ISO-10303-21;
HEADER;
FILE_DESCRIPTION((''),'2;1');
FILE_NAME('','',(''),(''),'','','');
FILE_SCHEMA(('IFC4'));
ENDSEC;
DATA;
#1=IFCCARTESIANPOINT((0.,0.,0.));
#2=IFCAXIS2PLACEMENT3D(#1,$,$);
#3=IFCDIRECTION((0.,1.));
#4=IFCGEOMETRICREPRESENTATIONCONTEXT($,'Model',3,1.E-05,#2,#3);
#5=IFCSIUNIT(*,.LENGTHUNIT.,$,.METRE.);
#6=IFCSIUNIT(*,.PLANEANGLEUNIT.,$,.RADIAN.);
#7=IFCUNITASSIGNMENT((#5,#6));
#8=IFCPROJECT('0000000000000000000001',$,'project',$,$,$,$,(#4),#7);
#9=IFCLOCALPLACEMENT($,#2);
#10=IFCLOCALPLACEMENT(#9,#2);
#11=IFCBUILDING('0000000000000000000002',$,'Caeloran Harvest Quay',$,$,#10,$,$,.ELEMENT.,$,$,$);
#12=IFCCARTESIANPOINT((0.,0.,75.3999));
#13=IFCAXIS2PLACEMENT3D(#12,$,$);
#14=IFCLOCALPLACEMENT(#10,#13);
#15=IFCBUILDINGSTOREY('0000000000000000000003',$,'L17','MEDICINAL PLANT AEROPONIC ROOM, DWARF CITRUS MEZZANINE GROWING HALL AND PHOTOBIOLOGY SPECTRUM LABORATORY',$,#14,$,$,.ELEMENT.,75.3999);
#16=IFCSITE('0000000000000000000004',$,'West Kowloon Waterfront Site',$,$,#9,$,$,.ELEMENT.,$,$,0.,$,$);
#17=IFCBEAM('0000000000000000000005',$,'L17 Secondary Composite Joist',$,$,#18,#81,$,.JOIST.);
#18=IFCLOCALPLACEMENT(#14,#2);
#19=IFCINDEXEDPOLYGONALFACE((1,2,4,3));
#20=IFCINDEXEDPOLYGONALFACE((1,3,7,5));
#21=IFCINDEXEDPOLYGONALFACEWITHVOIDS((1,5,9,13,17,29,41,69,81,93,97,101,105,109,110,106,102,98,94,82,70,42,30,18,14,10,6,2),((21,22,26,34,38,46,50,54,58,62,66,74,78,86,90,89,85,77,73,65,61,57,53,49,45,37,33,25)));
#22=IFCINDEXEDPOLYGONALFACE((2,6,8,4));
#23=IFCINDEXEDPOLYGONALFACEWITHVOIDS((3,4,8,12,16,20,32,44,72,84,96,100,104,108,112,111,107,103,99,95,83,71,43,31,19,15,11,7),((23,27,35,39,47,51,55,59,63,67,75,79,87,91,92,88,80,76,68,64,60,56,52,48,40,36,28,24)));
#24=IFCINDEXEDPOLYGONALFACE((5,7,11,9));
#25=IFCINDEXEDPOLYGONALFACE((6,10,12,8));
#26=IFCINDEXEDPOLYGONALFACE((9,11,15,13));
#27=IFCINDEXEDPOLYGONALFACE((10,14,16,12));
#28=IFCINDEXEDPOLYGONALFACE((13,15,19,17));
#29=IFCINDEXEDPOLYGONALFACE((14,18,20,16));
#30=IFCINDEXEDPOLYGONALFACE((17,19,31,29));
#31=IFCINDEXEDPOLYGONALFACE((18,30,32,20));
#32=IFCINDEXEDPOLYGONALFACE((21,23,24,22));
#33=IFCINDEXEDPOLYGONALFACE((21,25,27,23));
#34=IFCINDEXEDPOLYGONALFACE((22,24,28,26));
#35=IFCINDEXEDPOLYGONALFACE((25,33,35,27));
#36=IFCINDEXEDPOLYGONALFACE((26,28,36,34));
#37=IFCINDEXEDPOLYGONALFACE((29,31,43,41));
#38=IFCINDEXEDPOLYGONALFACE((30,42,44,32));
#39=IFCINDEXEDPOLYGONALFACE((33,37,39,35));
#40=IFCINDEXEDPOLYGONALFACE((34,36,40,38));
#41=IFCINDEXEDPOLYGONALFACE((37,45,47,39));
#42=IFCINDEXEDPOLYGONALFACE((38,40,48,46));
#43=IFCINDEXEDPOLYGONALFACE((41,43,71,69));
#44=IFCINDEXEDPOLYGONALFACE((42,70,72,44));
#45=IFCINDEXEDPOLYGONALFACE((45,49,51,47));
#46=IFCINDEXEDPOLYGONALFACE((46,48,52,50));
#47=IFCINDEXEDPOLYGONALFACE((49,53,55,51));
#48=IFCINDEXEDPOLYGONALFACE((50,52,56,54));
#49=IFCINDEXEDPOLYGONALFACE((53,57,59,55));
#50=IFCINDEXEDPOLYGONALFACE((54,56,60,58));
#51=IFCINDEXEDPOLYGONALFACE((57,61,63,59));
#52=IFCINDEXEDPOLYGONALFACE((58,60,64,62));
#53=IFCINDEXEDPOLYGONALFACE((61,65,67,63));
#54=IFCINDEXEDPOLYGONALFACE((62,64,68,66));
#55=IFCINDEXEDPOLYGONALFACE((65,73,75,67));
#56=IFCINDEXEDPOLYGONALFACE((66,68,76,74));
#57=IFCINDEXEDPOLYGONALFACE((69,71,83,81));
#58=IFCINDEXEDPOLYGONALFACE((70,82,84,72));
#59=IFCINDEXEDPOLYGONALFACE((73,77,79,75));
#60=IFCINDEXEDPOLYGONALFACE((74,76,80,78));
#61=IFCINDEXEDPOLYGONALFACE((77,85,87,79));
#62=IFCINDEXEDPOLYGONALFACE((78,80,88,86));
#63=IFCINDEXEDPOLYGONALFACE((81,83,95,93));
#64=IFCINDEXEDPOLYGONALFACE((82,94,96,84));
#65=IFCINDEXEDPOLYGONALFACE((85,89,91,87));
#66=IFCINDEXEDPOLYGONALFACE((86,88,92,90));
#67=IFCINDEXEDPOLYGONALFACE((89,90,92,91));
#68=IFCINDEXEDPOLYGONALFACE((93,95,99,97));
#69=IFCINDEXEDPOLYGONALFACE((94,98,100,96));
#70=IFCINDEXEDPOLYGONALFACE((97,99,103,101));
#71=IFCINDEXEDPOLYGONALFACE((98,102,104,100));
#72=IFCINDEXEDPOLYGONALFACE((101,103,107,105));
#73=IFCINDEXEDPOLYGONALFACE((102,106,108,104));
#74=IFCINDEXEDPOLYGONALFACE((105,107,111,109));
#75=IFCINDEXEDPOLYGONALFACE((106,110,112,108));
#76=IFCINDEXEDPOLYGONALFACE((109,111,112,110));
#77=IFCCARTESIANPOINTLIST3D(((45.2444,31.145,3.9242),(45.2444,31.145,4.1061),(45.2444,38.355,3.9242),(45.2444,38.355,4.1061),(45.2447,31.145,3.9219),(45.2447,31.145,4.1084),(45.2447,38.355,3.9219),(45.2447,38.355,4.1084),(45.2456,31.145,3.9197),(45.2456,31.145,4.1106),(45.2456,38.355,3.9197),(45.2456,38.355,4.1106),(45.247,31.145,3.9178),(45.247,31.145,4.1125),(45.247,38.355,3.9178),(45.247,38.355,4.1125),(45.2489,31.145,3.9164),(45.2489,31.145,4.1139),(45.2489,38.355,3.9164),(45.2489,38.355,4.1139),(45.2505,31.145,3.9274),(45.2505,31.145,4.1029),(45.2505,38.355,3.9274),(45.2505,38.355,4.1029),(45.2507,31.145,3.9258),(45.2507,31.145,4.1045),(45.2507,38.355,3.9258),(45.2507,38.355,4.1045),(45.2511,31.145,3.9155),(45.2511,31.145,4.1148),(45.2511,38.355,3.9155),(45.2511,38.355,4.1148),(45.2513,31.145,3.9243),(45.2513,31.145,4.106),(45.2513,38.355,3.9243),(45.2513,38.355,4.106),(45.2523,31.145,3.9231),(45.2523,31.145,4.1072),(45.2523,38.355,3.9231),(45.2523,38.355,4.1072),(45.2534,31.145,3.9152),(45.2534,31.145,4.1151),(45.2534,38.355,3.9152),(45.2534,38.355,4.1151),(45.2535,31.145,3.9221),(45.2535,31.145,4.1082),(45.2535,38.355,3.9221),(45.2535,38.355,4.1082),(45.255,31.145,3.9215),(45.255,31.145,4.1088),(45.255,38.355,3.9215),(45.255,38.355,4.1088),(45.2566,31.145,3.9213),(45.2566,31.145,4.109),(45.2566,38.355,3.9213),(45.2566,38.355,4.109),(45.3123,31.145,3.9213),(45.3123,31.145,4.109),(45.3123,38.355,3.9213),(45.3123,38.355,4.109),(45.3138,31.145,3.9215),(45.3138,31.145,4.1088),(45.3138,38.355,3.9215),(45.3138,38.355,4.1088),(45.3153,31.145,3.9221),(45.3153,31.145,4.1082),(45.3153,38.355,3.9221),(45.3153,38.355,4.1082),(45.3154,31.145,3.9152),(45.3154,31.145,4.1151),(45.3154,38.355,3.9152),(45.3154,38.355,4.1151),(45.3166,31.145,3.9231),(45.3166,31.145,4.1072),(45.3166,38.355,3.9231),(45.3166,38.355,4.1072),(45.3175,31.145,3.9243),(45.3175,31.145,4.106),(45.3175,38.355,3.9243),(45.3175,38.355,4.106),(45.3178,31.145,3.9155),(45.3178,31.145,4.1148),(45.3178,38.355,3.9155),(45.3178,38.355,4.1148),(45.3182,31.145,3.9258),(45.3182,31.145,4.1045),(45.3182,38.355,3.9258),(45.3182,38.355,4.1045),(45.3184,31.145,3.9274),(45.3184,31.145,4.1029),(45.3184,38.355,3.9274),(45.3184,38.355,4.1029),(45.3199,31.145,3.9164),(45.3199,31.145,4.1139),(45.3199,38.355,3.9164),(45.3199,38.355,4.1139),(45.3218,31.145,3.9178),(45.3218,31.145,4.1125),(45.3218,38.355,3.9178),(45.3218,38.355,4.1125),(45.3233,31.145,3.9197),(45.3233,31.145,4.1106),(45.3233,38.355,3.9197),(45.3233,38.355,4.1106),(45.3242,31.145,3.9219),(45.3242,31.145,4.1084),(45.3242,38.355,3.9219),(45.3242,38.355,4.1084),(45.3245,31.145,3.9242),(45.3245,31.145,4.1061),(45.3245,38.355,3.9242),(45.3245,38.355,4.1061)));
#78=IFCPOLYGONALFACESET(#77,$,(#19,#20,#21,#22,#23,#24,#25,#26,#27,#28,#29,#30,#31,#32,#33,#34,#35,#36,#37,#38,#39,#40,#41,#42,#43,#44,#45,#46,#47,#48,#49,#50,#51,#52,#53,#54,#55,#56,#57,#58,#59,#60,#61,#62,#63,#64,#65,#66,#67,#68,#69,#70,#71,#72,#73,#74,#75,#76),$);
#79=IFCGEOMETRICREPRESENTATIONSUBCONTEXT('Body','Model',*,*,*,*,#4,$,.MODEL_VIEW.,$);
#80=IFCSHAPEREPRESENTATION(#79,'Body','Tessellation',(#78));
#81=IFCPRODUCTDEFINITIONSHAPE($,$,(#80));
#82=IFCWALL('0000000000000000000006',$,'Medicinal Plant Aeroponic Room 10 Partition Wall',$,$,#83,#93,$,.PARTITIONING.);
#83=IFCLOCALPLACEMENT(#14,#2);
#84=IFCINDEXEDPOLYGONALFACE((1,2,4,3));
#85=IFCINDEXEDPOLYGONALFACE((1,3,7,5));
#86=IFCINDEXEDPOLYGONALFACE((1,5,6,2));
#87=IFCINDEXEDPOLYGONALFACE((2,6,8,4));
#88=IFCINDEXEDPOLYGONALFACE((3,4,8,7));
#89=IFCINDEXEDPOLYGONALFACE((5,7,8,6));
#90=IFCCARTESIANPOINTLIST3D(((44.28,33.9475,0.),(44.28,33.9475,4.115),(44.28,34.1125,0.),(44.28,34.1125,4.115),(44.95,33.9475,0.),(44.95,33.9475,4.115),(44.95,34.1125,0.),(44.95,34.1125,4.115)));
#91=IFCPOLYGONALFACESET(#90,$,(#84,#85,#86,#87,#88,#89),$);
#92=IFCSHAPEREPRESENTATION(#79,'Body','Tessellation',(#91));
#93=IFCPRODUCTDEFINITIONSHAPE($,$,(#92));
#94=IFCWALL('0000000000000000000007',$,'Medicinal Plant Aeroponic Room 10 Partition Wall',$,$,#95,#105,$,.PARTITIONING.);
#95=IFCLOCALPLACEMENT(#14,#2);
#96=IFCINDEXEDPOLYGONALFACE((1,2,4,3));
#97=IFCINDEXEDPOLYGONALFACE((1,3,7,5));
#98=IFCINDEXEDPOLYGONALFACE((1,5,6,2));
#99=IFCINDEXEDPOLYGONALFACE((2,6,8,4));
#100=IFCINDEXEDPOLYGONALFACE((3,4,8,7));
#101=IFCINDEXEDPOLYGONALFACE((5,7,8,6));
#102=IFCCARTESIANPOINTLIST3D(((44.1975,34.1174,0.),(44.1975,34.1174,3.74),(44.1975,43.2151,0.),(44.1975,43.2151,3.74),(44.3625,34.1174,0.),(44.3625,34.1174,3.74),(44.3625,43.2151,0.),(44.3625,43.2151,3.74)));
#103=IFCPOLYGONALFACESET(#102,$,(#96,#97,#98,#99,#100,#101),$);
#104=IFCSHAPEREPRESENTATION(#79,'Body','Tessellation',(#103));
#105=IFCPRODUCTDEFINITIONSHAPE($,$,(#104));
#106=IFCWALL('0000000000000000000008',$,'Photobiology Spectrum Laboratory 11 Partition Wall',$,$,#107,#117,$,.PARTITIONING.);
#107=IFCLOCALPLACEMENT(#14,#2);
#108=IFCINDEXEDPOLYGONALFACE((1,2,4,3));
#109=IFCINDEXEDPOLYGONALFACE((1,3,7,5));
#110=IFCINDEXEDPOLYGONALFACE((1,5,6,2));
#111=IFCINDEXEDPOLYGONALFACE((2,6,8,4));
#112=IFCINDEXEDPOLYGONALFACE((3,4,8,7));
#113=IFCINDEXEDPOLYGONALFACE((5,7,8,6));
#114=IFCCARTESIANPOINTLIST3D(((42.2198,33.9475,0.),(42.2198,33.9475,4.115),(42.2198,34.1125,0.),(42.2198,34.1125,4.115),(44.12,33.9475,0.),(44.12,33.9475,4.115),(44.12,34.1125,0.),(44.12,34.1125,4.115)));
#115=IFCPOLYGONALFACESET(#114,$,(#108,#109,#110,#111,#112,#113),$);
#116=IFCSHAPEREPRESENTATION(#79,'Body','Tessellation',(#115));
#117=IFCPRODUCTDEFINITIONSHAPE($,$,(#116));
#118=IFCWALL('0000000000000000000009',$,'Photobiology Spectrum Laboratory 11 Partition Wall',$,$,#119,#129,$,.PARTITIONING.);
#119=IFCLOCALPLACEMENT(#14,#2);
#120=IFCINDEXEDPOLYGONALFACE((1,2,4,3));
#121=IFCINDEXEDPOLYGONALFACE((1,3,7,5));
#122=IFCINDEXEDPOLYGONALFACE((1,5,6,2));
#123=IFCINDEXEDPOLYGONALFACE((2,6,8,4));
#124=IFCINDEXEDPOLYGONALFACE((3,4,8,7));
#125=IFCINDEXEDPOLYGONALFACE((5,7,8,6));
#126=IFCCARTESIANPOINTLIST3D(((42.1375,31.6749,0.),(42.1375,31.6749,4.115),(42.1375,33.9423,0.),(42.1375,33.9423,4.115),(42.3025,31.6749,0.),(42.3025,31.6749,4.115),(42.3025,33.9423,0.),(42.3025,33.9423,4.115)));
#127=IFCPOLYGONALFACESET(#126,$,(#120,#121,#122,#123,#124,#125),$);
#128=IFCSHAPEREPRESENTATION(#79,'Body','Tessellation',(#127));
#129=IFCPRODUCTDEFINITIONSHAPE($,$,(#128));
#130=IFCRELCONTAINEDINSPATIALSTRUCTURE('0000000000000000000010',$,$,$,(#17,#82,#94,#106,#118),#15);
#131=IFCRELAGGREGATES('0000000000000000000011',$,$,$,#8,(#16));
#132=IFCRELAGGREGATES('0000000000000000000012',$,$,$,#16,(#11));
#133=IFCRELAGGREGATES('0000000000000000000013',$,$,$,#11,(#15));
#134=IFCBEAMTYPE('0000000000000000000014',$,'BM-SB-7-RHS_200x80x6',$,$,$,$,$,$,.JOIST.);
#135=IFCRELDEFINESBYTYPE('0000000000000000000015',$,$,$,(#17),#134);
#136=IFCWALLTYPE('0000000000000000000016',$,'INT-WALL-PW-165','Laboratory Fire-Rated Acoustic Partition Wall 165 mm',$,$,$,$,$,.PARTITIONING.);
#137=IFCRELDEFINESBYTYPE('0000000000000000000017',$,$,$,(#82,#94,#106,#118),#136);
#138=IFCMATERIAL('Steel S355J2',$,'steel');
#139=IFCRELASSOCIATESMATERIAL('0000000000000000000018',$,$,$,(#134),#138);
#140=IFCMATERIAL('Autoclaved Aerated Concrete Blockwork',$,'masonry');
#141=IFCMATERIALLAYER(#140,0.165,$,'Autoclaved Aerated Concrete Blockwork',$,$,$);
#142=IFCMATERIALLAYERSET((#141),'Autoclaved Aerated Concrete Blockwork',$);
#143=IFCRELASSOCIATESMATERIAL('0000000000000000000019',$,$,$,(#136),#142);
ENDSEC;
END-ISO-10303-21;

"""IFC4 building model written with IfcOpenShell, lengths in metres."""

from ifc_helpers import new_model, si_unit, direction, frame, frame_2d, origin, origin_2d, place, context, subcontext, project, spatial, rectangle, hollow_rectangle, extrude, material, layer, layer_set, material_profile, profile_set, type_object, element, save


model = new_model("IFC4")

# Units and contexts
model_context = context("Model", 3, precision=1e-05, world=origin(), true_north=direction((0.0, 1.0)))
body_context = subcontext(model_context, "Body", "Model", "MODEL_VIEW")
ifc_project = project(units=[si_unit("LENGTHUNIT", "METRE"), si_unit("PLANEANGLEUNIT", "RADIAN")], contexts=[model_context])

# Site, building, storey
site_placement = place(None, origin())
site = spatial("IfcSite", under=ifc_project, at=site_placement, Name="West Kowloon Waterfront Site", CompositionType="ELEMENT", RefElevation=0.0)
building_placement = place(site_placement, origin())
building = spatial("IfcBuilding", under=site, at=building_placement, Name="Caeloran Harvest Quay", CompositionType="ELEMENT")
storey_placement = place(building_placement, frame((0.0, 0.0, 75.3999)))
storey = spatial("IfcBuildingStorey", under=building, at=storey_placement, Name="L17", Description="MEDICINAL PLANT AEROPONIC ROOM, DWARF CITRUS MEZZANINE GROWING HALL AND PHOTOBIOLOGY SPECTRUM LABORATORY", CompositionType="ELEMENT", Elevation=75.3999)

# Beam
ifc_material_1 = material(Name="Steel S355J2", Category="steel")
ifc_material_profile_1 = material_profile(ifc_material_1, hollow_rectangle(XDim=0.0801, YDim=0.2, WallThickness=0.0061, InnerFilletRadius=0.0061, OuterFilletRadius=0.009, at=origin_2d()), Name="RHS 200x80x6")
ifc_profile_set_1 = profile_set([ifc_material_profile_1], Name="Steel S355J2")
beam_type_1 = type_object("IfcBeamType", Name="BM-SB-7-RHS_200x80x6", PredefinedType="JOIST", material=ifc_profile_set_1)
for number, where, z_axis, x_axis, name in (
    (1, (45.2844, 31.145, 4.0151), (0.0, 1.0, 0.0), (-1.0, 0.0, 0.0), "L17 Secondary Composite Joist"),
):
    element("IfcBeam", number, at=place(storey_placement, frame(where, z_axis=z_axis, x_axis=x_axis)), inside=storey, type_object=beam_type_1, Name=name, PredefinedType="JOIST", context=body_context, shape_type="SweptSolid", body=[
        extrude(hollow_rectangle(XDim=0.0801, YDim=0.2, WallThickness=0.0061, InnerFilletRadius=0.0061, OuterFilletRadius=0.009, at=origin_2d()), origin(), (0.0, 0.0, 1.0), 7.21),
    ])

# Walls
ifc_material_2 = material(Name="Autoclaved Aerated Concrete Blockwork", Category="masonry")
ifc_layer = layer(ifc_material_2, 0.165, Name="Autoclaved Aerated Concrete Blockwork")
ifc_layer_set = layer_set([ifc_layer], Name="Autoclaved Aerated Concrete Blockwork")
wall_type = type_object("IfcWallType", Name="INT-WALL-PW-165", Description="Laboratory Fire-Rated Acoustic Partition Wall 165 mm", PredefinedType="PARTITIONING", material=ifc_layer_set)
wall_1_placement = place(storey_placement, frame((44.95, 34.03, 0.0), z_axis=(0.0, 0.0, 1.0), x_axis=(-1.0, 0.0, 0.0)))
element("IfcWall", 2, at=wall_1_placement, inside=storey, type_object=wall_type, Name="Medicinal Plant Aeroponic Room 10 Partition Wall", PredefinedType="PARTITIONING", context=body_context, shape_type="SweptSolid", body=[
    extrude(rectangle(XDim=0.6699, YDim=0.165, at=frame_2d((0.335, 0.0))), origin(), (0.0, 0.0, 1.0), 4.115),
])
wall_2_placement = place(storey_placement, frame((44.28, 34.1174, 0.0), z_axis=(0.0, 0.0, 1.0), x_axis=(0.0, 1.0, 0.0)))
element("IfcWall", 3, at=wall_2_placement, inside=storey, type_object=wall_type, Name="Medicinal Plant Aeroponic Room 10 Partition Wall", PredefinedType="PARTITIONING", context=body_context, shape_type="SweptSolid", body=[
    extrude(rectangle(XDim=9.0977, YDim=0.165, at=frame_2d((4.5488, 0.0))), origin(), (0.0, 0.0, 1.0), 3.74),
])
wall_3_placement = place(storey_placement, frame((44.1201, 34.03, 0.0), z_axis=(0.0, 0.0, 1.0), x_axis=(-1.0, 0.0, 0.0)))
element("IfcWall", 4, at=wall_3_placement, inside=storey, type_object=wall_type, Name="Photobiology Spectrum Laboratory 11 Partition Wall", PredefinedType="PARTITIONING", context=body_context, shape_type="SweptSolid", body=[
    extrude(rectangle(XDim=1.9001, YDim=0.165, at=frame_2d((0.9502, 0.0))), origin(), (0.0, 0.0, 1.0), 4.115),
])
wall_4_placement = place(storey_placement, frame((42.22, 33.9424, 0.0), z_axis=(0.0, 0.0, 1.0), x_axis=(0.0, -1.0, 0.0)))
element("IfcWall", 5, at=wall_4_placement, inside=storey, type_object=wall_type, Name="Photobiology Spectrum Laboratory 11 Partition Wall", PredefinedType="PARTITIONING", context=body_context, shape_type="SweptSolid", body=[
    extrude(rectangle(XDim=2.2673, YDim=0.165, at=frame_2d((1.1338, 0.0))), origin(), (0.0, 0.0, 1.0), 4.115),
])

save(model, "model.ifc")
